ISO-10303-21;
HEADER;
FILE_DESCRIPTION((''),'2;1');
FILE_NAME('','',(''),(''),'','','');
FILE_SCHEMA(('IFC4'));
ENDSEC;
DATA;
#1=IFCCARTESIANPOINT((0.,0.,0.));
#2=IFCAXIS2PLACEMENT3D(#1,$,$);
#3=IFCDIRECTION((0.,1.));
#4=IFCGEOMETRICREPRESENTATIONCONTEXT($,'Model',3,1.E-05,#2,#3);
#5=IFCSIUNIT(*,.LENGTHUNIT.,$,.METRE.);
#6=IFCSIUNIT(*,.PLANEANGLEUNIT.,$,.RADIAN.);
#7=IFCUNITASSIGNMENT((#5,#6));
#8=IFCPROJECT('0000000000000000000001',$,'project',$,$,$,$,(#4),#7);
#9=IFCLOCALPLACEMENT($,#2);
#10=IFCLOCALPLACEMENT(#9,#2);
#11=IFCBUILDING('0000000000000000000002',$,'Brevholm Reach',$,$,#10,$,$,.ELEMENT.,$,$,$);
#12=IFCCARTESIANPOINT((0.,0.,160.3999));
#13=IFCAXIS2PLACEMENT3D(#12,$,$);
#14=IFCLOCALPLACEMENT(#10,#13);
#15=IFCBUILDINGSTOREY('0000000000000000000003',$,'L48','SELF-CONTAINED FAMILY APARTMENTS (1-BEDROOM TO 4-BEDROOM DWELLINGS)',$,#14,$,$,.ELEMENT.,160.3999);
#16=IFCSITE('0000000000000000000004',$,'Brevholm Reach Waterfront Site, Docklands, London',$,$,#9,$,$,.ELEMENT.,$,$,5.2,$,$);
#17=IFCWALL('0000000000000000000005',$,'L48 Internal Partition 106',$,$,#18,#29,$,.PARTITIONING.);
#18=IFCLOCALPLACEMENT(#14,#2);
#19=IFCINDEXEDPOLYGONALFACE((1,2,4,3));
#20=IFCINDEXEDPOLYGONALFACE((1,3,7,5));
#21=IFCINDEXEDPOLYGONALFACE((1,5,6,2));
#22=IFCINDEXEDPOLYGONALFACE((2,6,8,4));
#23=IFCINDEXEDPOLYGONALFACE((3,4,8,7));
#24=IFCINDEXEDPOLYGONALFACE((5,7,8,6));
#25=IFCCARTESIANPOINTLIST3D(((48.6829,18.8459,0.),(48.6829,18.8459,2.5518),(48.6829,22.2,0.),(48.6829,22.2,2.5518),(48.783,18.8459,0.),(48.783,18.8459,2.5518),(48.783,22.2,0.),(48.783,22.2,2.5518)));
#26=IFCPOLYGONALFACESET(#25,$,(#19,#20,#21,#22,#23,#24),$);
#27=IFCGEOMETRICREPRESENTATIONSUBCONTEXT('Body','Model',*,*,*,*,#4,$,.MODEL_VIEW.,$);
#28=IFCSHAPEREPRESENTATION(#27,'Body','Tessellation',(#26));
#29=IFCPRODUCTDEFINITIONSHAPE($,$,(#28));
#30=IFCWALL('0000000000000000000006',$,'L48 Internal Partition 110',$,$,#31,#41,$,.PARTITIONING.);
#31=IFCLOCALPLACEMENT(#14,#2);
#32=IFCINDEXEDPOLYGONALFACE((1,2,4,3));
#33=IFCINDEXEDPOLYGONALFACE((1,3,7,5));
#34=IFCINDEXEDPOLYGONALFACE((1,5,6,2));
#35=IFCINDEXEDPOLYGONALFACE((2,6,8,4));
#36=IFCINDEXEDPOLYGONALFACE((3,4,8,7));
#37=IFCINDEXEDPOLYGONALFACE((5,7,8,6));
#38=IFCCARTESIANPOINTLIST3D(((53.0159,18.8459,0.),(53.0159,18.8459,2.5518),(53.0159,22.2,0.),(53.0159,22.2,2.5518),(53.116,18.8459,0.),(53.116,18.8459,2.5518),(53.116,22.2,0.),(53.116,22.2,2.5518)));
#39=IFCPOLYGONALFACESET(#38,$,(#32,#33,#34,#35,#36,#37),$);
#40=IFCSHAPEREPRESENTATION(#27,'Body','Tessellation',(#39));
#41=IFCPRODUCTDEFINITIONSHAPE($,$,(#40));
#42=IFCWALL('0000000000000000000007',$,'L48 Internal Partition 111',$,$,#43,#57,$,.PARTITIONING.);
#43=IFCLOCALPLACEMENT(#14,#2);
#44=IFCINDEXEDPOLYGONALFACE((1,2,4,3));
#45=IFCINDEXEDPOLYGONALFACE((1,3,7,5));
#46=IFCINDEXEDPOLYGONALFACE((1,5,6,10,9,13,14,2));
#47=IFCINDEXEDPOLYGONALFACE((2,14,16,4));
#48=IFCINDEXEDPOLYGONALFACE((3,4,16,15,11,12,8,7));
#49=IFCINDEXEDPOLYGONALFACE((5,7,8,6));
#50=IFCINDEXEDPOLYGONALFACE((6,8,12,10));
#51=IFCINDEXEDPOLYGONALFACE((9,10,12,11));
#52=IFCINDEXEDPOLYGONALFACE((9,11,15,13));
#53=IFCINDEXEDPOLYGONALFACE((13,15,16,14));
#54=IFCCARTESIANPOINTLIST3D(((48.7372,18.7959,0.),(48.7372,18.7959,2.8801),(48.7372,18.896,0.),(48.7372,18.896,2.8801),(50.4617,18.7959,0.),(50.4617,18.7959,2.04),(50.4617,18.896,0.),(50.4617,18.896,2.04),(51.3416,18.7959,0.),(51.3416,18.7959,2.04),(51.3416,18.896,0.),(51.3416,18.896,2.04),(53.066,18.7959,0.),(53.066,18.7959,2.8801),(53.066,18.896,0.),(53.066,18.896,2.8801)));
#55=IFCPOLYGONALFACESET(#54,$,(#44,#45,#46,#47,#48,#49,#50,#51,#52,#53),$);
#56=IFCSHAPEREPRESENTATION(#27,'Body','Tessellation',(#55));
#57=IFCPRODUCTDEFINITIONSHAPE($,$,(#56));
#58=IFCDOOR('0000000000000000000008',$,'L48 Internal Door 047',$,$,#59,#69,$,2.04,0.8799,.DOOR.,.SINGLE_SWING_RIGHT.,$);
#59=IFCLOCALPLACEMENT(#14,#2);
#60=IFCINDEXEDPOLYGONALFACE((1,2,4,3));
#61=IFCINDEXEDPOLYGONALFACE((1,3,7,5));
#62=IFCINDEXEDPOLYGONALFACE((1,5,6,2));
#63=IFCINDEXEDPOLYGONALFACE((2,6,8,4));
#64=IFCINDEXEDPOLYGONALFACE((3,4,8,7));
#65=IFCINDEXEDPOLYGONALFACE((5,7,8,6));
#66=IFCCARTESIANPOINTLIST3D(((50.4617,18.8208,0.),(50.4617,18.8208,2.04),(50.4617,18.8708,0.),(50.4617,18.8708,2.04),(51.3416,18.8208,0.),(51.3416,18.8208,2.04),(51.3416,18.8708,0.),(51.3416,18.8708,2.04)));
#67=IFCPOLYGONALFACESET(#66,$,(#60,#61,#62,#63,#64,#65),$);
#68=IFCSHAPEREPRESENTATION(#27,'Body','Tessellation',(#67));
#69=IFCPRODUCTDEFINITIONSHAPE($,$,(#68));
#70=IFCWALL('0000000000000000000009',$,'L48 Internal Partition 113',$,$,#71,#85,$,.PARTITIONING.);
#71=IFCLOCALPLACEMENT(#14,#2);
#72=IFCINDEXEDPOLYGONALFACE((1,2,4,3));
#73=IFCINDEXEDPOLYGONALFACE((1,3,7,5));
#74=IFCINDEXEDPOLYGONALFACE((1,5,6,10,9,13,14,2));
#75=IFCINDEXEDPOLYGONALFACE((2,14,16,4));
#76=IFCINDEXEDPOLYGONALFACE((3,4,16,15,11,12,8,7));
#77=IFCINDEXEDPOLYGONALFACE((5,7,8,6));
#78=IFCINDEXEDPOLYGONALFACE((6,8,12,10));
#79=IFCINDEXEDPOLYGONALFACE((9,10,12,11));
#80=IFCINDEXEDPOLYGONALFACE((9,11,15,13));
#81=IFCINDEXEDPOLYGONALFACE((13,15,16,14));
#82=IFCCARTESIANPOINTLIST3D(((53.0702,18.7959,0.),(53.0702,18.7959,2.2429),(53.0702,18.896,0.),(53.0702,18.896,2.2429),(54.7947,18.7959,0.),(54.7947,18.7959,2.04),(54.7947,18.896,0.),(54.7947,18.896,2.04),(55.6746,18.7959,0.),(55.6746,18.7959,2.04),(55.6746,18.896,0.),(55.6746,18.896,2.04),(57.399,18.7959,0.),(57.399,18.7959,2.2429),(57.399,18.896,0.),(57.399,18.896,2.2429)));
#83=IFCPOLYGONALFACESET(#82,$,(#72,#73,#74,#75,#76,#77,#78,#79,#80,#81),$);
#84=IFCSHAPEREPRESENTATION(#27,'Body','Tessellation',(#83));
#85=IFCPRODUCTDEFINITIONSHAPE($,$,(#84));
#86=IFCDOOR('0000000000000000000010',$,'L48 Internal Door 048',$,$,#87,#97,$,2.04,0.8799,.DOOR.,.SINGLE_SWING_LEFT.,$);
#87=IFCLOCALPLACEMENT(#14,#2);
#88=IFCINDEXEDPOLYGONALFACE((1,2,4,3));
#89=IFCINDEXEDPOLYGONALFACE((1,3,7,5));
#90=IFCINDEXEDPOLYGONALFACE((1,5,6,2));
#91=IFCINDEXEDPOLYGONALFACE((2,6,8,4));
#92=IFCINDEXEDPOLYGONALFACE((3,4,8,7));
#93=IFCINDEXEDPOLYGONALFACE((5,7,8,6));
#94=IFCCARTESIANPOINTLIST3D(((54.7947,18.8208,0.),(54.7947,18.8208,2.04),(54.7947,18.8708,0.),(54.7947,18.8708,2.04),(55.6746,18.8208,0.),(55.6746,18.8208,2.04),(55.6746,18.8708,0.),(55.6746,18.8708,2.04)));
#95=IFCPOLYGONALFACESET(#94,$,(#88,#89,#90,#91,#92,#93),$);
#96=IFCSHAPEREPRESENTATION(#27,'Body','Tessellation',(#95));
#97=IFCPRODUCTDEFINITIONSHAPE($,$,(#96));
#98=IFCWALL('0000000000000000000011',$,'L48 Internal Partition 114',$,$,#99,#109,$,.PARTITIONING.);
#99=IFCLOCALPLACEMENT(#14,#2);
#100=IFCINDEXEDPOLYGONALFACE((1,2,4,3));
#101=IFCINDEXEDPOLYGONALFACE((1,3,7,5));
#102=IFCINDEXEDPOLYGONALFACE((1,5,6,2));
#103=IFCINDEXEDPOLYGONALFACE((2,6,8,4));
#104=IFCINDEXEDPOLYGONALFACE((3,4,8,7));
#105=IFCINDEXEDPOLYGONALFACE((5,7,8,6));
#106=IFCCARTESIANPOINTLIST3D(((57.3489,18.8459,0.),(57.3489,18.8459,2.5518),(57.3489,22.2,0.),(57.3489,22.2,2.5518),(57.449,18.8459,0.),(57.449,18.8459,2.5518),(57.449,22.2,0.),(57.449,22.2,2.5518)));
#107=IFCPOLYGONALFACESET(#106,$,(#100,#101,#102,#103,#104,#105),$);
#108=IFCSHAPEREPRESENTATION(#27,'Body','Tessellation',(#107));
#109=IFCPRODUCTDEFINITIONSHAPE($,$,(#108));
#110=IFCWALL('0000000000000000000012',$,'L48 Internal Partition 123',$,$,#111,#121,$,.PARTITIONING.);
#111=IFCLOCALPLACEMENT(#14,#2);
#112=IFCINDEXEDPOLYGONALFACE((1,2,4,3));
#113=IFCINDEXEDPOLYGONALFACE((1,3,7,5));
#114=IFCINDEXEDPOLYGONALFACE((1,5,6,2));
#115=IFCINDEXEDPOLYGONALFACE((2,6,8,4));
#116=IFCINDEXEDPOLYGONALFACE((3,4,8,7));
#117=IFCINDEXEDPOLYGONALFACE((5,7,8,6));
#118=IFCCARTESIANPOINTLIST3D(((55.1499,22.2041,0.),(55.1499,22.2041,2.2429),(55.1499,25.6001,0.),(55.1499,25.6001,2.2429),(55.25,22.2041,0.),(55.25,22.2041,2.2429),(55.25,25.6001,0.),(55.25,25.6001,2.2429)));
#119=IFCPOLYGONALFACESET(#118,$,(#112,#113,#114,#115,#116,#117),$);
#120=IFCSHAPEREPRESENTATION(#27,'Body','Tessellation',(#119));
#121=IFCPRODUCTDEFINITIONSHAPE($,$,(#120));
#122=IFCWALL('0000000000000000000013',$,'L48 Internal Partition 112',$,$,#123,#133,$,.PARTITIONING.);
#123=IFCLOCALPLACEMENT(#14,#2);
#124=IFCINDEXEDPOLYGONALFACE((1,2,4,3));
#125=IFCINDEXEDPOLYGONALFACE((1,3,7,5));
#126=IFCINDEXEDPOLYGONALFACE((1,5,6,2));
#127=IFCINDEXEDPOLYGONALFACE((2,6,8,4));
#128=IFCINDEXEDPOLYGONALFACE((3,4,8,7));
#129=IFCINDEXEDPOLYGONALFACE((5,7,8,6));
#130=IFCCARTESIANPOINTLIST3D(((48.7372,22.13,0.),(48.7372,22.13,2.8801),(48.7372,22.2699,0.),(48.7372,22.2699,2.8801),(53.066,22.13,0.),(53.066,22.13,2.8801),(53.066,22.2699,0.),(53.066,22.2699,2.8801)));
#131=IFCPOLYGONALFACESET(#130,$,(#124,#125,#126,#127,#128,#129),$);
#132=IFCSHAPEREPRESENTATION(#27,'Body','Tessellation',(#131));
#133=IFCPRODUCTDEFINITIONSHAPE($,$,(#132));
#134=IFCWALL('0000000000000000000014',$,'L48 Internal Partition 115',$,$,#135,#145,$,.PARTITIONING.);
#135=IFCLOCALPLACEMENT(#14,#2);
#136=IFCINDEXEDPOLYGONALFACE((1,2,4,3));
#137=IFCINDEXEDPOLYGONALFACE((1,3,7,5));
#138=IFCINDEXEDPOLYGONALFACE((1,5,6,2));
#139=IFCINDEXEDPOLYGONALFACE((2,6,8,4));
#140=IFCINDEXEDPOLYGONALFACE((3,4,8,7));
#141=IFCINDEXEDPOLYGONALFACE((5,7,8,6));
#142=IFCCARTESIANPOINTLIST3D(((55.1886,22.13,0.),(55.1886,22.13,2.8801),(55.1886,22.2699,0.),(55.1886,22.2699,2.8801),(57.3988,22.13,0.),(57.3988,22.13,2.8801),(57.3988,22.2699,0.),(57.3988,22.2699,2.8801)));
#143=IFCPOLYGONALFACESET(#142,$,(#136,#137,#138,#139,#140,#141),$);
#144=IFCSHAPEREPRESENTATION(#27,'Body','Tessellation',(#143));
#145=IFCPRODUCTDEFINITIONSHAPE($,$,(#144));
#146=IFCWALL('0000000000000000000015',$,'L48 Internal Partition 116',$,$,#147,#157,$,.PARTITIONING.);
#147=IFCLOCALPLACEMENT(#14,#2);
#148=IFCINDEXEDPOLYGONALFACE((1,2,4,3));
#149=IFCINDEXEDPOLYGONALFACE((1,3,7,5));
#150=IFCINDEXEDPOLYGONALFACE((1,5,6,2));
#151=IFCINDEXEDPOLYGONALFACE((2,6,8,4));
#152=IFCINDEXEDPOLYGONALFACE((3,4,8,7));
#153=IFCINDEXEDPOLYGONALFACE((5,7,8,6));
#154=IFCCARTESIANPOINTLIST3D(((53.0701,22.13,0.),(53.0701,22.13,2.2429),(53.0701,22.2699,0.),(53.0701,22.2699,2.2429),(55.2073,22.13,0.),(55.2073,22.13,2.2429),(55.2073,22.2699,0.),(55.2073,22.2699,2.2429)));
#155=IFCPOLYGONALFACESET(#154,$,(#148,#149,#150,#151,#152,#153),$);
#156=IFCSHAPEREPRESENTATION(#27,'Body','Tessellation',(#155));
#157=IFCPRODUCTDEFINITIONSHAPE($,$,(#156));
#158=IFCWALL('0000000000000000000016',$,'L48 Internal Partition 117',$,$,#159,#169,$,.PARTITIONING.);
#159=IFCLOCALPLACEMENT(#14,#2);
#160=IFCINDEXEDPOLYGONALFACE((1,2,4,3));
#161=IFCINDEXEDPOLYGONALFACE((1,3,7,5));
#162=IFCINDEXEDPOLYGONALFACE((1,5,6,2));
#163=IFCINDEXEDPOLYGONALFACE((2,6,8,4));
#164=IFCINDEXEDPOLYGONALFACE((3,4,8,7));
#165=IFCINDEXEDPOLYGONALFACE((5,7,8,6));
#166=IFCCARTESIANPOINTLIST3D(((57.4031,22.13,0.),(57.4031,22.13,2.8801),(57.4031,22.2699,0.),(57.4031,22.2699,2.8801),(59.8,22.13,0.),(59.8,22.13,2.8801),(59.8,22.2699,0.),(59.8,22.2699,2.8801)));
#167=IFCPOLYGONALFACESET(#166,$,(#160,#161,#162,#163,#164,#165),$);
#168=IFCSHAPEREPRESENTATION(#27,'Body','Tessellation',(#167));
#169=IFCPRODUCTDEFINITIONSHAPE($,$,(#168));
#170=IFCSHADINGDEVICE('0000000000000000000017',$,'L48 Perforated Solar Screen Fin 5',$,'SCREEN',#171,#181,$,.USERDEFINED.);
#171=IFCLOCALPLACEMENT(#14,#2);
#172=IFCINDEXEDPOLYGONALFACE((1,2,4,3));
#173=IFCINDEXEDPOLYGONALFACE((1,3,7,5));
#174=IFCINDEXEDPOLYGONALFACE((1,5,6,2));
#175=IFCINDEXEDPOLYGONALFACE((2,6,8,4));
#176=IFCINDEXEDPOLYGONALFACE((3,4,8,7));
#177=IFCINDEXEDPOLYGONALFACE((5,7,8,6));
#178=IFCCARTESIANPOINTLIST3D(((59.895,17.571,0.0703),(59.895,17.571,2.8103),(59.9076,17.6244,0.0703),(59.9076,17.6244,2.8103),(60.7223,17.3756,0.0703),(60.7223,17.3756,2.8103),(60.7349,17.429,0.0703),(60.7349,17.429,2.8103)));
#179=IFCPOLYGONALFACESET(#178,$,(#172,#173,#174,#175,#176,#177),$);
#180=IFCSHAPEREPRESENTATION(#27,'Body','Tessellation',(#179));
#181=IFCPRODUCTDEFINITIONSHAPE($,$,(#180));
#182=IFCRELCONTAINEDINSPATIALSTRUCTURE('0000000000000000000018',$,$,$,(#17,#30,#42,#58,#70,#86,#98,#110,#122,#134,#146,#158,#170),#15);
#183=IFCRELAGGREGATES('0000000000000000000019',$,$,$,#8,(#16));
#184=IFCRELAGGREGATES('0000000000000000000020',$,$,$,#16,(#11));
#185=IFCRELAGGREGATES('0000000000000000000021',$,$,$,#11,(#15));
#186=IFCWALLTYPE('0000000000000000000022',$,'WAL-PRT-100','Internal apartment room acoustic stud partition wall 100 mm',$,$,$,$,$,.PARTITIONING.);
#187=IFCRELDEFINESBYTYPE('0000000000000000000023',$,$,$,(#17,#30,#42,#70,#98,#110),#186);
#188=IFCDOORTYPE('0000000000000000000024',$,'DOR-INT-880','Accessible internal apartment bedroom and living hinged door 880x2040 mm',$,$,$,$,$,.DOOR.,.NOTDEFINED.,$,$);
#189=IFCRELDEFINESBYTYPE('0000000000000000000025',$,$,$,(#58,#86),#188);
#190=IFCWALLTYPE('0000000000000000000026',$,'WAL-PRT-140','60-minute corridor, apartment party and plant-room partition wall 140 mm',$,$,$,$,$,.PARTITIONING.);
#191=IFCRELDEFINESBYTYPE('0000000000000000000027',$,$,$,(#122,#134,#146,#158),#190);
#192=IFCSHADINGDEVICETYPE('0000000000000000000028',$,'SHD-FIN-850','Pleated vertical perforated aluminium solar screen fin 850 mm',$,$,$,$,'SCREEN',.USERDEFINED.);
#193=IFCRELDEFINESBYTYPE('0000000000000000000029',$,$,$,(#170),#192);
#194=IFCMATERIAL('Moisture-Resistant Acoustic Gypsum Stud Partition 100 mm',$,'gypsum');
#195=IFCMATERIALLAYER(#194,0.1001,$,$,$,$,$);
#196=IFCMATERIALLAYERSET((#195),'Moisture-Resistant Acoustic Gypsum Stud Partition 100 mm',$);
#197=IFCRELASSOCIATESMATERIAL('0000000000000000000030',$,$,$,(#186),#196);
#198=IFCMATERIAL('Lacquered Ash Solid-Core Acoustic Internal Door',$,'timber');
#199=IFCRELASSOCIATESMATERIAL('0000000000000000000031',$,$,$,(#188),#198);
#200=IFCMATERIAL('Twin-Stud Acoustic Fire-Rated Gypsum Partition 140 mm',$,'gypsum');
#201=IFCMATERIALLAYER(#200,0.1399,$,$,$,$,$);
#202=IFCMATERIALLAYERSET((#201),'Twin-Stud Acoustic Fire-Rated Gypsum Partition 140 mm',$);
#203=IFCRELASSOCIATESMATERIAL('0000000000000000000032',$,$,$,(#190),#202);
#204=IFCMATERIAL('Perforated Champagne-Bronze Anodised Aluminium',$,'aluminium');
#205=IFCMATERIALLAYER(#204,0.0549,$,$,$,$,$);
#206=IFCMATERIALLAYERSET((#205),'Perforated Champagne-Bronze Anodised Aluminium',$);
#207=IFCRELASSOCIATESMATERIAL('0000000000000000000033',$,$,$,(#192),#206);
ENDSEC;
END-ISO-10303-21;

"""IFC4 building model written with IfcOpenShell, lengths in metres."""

from ifc_helpers import new_model, si_unit, direction, frame, frame_2d, origin, origin_2d, place, context, subcontext, project, spatial, rectangle, extrude, material, layer, layer_set, type_object, element, fill, save


model = new_model("IFC4")

# Units and contexts
model_context = context("Model", 3, precision=1e-05, world=origin(), true_north=direction((0.0, 1.0)))
body_context = subcontext(model_context, "Body", "Model", "MODEL_VIEW")
ifc_project = project(units=[si_unit("LENGTHUNIT", "METRE"), si_unit("PLANEANGLEUNIT", "RADIAN")], contexts=[model_context])

# Site, building, storey
site_placement = place(None, origin())
site = spatial("IfcSite", under=ifc_project, at=site_placement, Name="Brevholm Reach Waterfront Site, Docklands, London", CompositionType="ELEMENT", RefElevation=5.2)
building_placement = place(site_placement, origin())
building = spatial("IfcBuilding", under=site, at=building_placement, Name="Brevholm Reach", CompositionType="ELEMENT")
storey_placement = place(building_placement, frame((0.0, 0.0, 160.3999)))
storey = spatial("IfcBuildingStorey", under=building, at=storey_placement, Name="L48", Description="SELF-CONTAINED FAMILY APARTMENTS (1-BEDROOM TO 4-BEDROOM DWELLINGS)", CompositionType="ELEMENT", Elevation=160.3999)

# Walls
ifc_material_1 = material(Name="Moisture-Resistant Acoustic Gypsum Stud Partition 100 mm", Category="gypsum")
ifc_layer_1 = layer(ifc_material_1, 0.1001)
ifc_layer_set_1 = layer_set([ifc_layer_1], Name="Moisture-Resistant Acoustic Gypsum Stud Partition 100 mm")
wall_type_1 = type_object("IfcWallType", Name="WAL-PRT-100", Description="Internal apartment room acoustic stud partition wall 100 mm", PredefinedType="PARTITIONING", material=ifc_layer_set_1)
for number, where, z_axis, x_axis, name in (
    (1, (48.7329, 18.8459, 0.0), (0.0, 0.0, 1.0), (0.0, 1.0, 0.0), "L48 Internal Partition 106"),
    (2, (53.0659, 18.8459, 0.0), (0.0, 0.0, 1.0), (0.0, 1.0, 0.0), "L48 Internal Partition 110"),
):
    element("IfcWall", number, at=place(storey_placement, frame(where, z_axis=z_axis, x_axis=x_axis)), inside=storey, type_object=wall_type_1, Name=name, PredefinedType="PARTITIONING", context=body_context, shape_type="SweptSolid", body=[
        extrude(rectangle(XDim=3.354, YDim=0.1001, at=frame_2d((1.677, 0.0))), origin(), (0.0, 0.0, 1.0), 2.5518),
    ])

# Walls, openings, doors
wall_1_placement = place(storey_placement, frame((48.7371, 18.8459, 0.0), z_axis=(0.0, 0.0, 1.0), x_axis=(1.0, 0.0, 0.0)))
wall_1 = element("IfcWall", 3, at=wall_1_placement, inside=storey, type_object=wall_type_1, Name="L48 Internal Partition 111", PredefinedType="PARTITIONING", context=body_context, shape_type="SweptSolid", body=[
    extrude(rectangle(XDim=4.3289, YDim=0.1001, at=frame_2d((2.1646, 0.0))), origin(), (0.0, 0.0, 1.0), 2.8801),
])
opening_1_placement = place(wall_1_placement, frame((1.7246, 0.0, 0.0)))
opening_1 = element("IfcOpeningElement", 4, at=opening_1_placement, cuts=wall_1, PredefinedType="OPENING", context=body_context, shape_type="SweptSolid", body=[
    extrude(rectangle(XDim=0.8799, YDim=2.04, at=frame_2d((0.4399, 1.02))), frame((0.0, 0.0601, 0.0), z_axis=(0.0, -1.0, 0.0), x_axis=(1.0, 0.0, 0.0)), (0.0, 0.0, 1.0), 0.1201),
])
ifc_material_2 = material(Name="Lacquered Ash Solid-Core Acoustic Internal Door", Category="timber")
door_type = type_object("IfcDoorType", Name="DOR-INT-880", Description="Accessible internal apartment bedroom and living hinged door 880x2040 mm", OperationType="NOTDEFINED", PredefinedType="DOOR", material=ifc_material_2)
door_1_placement = place(opening_1_placement, origin())
door_1 = element("IfcDoor", 5, at=door_1_placement, inside=storey, type_object=door_type, Name="L48 Internal Door 047", OperationType="SINGLE_SWING_RIGHT", OverallHeight=2.04, OverallWidth=0.8799, PredefinedType="DOOR", context=body_context, shape_type="SweptSolid", body=[
    extrude(rectangle(XDim=0.8799, YDim=2.04, at=frame_2d((0.4399, 1.02))), frame((0.0, 0.0249, 0.0), z_axis=(0.0, -1.0, 0.0), x_axis=(1.0, 0.0, 0.0)), (0.0, 0.0, 1.0), 0.05),
])
fill(opening_1, door_1)
wall_2_placement = place(storey_placement, frame((53.0701, 18.8459, 0.0), z_axis=(0.0, 0.0, 1.0), x_axis=(1.0, 0.0, 0.0)))
wall_2 = element("IfcWall", 6, at=wall_2_placement, inside=storey, type_object=wall_type_1, Name="L48 Internal Partition 113", PredefinedType="PARTITIONING", context=body_context, shape_type="SweptSolid", body=[
    extrude(rectangle(XDim=4.3289, YDim=0.1001, at=frame_2d((2.1646, 0.0))), origin(), (0.0, 0.0, 1.0), 2.2429),
])
opening_2_placement = place(wall_2_placement, frame((1.7246, 0.0, 0.0)))
opening_2 = element("IfcOpeningElement", 7, at=opening_2_placement, cuts=wall_2, PredefinedType="OPENING", context=body_context, shape_type="SweptSolid", body=[
    extrude(rectangle(XDim=0.8799, YDim=2.04, at=frame_2d((0.4399, 1.02))), frame((0.0, 0.0601, 0.0), z_axis=(0.0, -1.0, 0.0), x_axis=(1.0, 0.0, 0.0)), (0.0, 0.0, 1.0), 0.1201),
])
door_2_placement = place(opening_2_placement, origin())
door_2 = element("IfcDoor", 8, at=door_2_placement, inside=storey, type_object=door_type, Name="L48 Internal Door 048", OperationType="SINGLE_SWING_LEFT", OverallHeight=2.04, OverallWidth=0.8799, PredefinedType="DOOR", context=body_context, shape_type="SweptSolid", body=[
    extrude(rectangle(XDim=0.8799, YDim=2.04, at=frame_2d((0.4399, 1.02))), frame((0.0, 0.0249, 0.0), z_axis=(0.0, -1.0, 0.0), x_axis=(1.0, 0.0, 0.0)), (0.0, 0.0, 1.0), 0.05),
])
fill(opening_2, door_2)

# Walls
wall_3_placement = place(storey_placement, frame((57.3989, 18.8459, 0.0), z_axis=(0.0, 0.0, 1.0), x_axis=(0.0, 1.0, 0.0)))
element("IfcWall", 9, at=wall_3_placement, inside=storey, type_object=wall_type_1, Name="L48 Internal Partition 114", PredefinedType="PARTITIONING", context=body_context, shape_type="SweptSolid", body=[
    extrude(rectangle(XDim=3.354, YDim=0.1001, at=frame_2d((1.677, 0.0))), origin(), (0.0, 0.0, 1.0), 2.5518),
])
wall_4_placement = place(storey_placement, frame((55.2, 22.2041, 0.0), z_axis=(0.0, 0.0, 1.0), x_axis=(0.0, 1.0, 0.0)))
element("IfcWall", 10, at=wall_4_placement, inside=storey, type_object=wall_type_1, Name="L48 Internal Partition 123", PredefinedType="PARTITIONING", context=body_context, shape_type="SweptSolid", body=[
    extrude(rectangle(XDim=3.396, YDim=0.1001, at=frame_2d((1.698, 0.0))), origin(), (0.0, 0.0, 1.0), 2.2429),
])
ifc_material_3 = material(Name="Twin-Stud Acoustic Fire-Rated Gypsum Partition 140 mm", Category="gypsum")
ifc_layer_2 = layer(ifc_material_3, 0.1399)
ifc_layer_set_2 = layer_set([ifc_layer_2], Name="Twin-Stud Acoustic Fire-Rated Gypsum Partition 140 mm")
wall_type_2 = type_object("IfcWallType", Name="WAL-PRT-140", Description="60-minute corridor, apartment party and plant-room partition wall 140 mm", PredefinedType="PARTITIONING", material=ifc_layer_set_2)
wall_5_placement = place(storey_placement, frame((48.7371, 22.2, 0.0), z_axis=(0.0, 0.0, 1.0), x_axis=(1.0, 0.0, 0.0)))
element("IfcWall", 11, at=wall_5_placement, inside=storey, type_object=wall_type_2, Name="L48 Internal Partition 112", PredefinedType="PARTITIONING", context=body_context, shape_type="SweptSolid", body=[
    extrude(rectangle(XDim=4.3289, YDim=0.1399, at=frame_2d((2.1646, 0.0))), origin(), (0.0, 0.0, 1.0), 2.8801),
])
wall_6_placement = place(storey_placement, frame((55.1887, 22.2, 0.0), z_axis=(0.0, 0.0, 1.0), x_axis=(1.0, 0.0, 0.0)))
element("IfcWall", 12, at=wall_6_placement, inside=storey, type_object=wall_type_2, Name="L48 Internal Partition 115", PredefinedType="PARTITIONING", context=body_context, shape_type="SweptSolid", body=[
    extrude(rectangle(XDim=2.2102, YDim=0.1399, at=frame_2d((1.105, 0.0))), origin(), (0.0, 0.0, 1.0), 2.8801),
])
wall_7_placement = place(storey_placement, frame((53.0701, 22.2, 0.0), z_axis=(0.0, 0.0, 1.0), x_axis=(1.0, 0.0, 0.0)))
element("IfcWall", 13, at=wall_7_placement, inside=storey, type_object=wall_type_2, Name="L48 Internal Partition 116", PredefinedType="PARTITIONING", context=body_context, shape_type="SweptSolid", body=[
    extrude(rectangle(XDim=2.1372, YDim=0.1399, at=frame_2d((1.0686, 0.0))), origin(), (0.0, 0.0, 1.0), 2.2429),
])
wall_8_placement = place(storey_placement, frame((57.4031, 22.2, 0.0), z_axis=(0.0, 0.0, 1.0), x_axis=(1.0, 0.0, 0.0)))
element("IfcWall", 14, at=wall_8_placement, inside=storey, type_object=wall_type_2, Name="L48 Internal Partition 117", PredefinedType="PARTITIONING", context=body_context, shape_type="SweptSolid", body=[
    extrude(rectangle(XDim=2.397, YDim=0.1399, at=frame_2d((1.1985, 0.0))), origin(), (0.0, 0.0, 1.0), 2.8801),
])

# Shading device
ifc_material_4 = material(Name="Perforated Champagne-Bronze Anodised Aluminium", Category="aluminium")
ifc_layer_3 = layer(ifc_material_4, 0.0549)
ifc_layer_set_3 = layer_set([ifc_layer_3], Name="Perforated Champagne-Bronze Anodised Aluminium")
shading_device_type = type_object("IfcShadingDeviceType", Name="SHD-FIN-850", Description="Pleated vertical perforated aluminium solar screen fin 850 mm", ElementType="SCREEN", PredefinedType="USERDEFINED", material=ifc_layer_set_3)
for number, where, z_axis, x_axis, name in (
    (15, (60.3149, 17.5, 0.0703), (0.0, 0.0, 1.0), (0.973223, -0.229863, 0.0), "L48 Perforated Solar Screen Fin 5"),
):
    element("IfcShadingDevice", number, at=place(storey_placement, frame(where, z_axis=z_axis, x_axis=x_axis)), inside=storey, type_object=shading_device_type, Name=name, ObjectType="SCREEN", PredefinedType="USERDEFINED", context=body_context, shape_type="SweptSolid", body=[
        extrude(rectangle(XDim=0.8501, YDim=0.0549, at=origin_2d()), origin(), (0.0, 0.0, 1.0), 2.74),
    ])

save(model, "model.ifc")
